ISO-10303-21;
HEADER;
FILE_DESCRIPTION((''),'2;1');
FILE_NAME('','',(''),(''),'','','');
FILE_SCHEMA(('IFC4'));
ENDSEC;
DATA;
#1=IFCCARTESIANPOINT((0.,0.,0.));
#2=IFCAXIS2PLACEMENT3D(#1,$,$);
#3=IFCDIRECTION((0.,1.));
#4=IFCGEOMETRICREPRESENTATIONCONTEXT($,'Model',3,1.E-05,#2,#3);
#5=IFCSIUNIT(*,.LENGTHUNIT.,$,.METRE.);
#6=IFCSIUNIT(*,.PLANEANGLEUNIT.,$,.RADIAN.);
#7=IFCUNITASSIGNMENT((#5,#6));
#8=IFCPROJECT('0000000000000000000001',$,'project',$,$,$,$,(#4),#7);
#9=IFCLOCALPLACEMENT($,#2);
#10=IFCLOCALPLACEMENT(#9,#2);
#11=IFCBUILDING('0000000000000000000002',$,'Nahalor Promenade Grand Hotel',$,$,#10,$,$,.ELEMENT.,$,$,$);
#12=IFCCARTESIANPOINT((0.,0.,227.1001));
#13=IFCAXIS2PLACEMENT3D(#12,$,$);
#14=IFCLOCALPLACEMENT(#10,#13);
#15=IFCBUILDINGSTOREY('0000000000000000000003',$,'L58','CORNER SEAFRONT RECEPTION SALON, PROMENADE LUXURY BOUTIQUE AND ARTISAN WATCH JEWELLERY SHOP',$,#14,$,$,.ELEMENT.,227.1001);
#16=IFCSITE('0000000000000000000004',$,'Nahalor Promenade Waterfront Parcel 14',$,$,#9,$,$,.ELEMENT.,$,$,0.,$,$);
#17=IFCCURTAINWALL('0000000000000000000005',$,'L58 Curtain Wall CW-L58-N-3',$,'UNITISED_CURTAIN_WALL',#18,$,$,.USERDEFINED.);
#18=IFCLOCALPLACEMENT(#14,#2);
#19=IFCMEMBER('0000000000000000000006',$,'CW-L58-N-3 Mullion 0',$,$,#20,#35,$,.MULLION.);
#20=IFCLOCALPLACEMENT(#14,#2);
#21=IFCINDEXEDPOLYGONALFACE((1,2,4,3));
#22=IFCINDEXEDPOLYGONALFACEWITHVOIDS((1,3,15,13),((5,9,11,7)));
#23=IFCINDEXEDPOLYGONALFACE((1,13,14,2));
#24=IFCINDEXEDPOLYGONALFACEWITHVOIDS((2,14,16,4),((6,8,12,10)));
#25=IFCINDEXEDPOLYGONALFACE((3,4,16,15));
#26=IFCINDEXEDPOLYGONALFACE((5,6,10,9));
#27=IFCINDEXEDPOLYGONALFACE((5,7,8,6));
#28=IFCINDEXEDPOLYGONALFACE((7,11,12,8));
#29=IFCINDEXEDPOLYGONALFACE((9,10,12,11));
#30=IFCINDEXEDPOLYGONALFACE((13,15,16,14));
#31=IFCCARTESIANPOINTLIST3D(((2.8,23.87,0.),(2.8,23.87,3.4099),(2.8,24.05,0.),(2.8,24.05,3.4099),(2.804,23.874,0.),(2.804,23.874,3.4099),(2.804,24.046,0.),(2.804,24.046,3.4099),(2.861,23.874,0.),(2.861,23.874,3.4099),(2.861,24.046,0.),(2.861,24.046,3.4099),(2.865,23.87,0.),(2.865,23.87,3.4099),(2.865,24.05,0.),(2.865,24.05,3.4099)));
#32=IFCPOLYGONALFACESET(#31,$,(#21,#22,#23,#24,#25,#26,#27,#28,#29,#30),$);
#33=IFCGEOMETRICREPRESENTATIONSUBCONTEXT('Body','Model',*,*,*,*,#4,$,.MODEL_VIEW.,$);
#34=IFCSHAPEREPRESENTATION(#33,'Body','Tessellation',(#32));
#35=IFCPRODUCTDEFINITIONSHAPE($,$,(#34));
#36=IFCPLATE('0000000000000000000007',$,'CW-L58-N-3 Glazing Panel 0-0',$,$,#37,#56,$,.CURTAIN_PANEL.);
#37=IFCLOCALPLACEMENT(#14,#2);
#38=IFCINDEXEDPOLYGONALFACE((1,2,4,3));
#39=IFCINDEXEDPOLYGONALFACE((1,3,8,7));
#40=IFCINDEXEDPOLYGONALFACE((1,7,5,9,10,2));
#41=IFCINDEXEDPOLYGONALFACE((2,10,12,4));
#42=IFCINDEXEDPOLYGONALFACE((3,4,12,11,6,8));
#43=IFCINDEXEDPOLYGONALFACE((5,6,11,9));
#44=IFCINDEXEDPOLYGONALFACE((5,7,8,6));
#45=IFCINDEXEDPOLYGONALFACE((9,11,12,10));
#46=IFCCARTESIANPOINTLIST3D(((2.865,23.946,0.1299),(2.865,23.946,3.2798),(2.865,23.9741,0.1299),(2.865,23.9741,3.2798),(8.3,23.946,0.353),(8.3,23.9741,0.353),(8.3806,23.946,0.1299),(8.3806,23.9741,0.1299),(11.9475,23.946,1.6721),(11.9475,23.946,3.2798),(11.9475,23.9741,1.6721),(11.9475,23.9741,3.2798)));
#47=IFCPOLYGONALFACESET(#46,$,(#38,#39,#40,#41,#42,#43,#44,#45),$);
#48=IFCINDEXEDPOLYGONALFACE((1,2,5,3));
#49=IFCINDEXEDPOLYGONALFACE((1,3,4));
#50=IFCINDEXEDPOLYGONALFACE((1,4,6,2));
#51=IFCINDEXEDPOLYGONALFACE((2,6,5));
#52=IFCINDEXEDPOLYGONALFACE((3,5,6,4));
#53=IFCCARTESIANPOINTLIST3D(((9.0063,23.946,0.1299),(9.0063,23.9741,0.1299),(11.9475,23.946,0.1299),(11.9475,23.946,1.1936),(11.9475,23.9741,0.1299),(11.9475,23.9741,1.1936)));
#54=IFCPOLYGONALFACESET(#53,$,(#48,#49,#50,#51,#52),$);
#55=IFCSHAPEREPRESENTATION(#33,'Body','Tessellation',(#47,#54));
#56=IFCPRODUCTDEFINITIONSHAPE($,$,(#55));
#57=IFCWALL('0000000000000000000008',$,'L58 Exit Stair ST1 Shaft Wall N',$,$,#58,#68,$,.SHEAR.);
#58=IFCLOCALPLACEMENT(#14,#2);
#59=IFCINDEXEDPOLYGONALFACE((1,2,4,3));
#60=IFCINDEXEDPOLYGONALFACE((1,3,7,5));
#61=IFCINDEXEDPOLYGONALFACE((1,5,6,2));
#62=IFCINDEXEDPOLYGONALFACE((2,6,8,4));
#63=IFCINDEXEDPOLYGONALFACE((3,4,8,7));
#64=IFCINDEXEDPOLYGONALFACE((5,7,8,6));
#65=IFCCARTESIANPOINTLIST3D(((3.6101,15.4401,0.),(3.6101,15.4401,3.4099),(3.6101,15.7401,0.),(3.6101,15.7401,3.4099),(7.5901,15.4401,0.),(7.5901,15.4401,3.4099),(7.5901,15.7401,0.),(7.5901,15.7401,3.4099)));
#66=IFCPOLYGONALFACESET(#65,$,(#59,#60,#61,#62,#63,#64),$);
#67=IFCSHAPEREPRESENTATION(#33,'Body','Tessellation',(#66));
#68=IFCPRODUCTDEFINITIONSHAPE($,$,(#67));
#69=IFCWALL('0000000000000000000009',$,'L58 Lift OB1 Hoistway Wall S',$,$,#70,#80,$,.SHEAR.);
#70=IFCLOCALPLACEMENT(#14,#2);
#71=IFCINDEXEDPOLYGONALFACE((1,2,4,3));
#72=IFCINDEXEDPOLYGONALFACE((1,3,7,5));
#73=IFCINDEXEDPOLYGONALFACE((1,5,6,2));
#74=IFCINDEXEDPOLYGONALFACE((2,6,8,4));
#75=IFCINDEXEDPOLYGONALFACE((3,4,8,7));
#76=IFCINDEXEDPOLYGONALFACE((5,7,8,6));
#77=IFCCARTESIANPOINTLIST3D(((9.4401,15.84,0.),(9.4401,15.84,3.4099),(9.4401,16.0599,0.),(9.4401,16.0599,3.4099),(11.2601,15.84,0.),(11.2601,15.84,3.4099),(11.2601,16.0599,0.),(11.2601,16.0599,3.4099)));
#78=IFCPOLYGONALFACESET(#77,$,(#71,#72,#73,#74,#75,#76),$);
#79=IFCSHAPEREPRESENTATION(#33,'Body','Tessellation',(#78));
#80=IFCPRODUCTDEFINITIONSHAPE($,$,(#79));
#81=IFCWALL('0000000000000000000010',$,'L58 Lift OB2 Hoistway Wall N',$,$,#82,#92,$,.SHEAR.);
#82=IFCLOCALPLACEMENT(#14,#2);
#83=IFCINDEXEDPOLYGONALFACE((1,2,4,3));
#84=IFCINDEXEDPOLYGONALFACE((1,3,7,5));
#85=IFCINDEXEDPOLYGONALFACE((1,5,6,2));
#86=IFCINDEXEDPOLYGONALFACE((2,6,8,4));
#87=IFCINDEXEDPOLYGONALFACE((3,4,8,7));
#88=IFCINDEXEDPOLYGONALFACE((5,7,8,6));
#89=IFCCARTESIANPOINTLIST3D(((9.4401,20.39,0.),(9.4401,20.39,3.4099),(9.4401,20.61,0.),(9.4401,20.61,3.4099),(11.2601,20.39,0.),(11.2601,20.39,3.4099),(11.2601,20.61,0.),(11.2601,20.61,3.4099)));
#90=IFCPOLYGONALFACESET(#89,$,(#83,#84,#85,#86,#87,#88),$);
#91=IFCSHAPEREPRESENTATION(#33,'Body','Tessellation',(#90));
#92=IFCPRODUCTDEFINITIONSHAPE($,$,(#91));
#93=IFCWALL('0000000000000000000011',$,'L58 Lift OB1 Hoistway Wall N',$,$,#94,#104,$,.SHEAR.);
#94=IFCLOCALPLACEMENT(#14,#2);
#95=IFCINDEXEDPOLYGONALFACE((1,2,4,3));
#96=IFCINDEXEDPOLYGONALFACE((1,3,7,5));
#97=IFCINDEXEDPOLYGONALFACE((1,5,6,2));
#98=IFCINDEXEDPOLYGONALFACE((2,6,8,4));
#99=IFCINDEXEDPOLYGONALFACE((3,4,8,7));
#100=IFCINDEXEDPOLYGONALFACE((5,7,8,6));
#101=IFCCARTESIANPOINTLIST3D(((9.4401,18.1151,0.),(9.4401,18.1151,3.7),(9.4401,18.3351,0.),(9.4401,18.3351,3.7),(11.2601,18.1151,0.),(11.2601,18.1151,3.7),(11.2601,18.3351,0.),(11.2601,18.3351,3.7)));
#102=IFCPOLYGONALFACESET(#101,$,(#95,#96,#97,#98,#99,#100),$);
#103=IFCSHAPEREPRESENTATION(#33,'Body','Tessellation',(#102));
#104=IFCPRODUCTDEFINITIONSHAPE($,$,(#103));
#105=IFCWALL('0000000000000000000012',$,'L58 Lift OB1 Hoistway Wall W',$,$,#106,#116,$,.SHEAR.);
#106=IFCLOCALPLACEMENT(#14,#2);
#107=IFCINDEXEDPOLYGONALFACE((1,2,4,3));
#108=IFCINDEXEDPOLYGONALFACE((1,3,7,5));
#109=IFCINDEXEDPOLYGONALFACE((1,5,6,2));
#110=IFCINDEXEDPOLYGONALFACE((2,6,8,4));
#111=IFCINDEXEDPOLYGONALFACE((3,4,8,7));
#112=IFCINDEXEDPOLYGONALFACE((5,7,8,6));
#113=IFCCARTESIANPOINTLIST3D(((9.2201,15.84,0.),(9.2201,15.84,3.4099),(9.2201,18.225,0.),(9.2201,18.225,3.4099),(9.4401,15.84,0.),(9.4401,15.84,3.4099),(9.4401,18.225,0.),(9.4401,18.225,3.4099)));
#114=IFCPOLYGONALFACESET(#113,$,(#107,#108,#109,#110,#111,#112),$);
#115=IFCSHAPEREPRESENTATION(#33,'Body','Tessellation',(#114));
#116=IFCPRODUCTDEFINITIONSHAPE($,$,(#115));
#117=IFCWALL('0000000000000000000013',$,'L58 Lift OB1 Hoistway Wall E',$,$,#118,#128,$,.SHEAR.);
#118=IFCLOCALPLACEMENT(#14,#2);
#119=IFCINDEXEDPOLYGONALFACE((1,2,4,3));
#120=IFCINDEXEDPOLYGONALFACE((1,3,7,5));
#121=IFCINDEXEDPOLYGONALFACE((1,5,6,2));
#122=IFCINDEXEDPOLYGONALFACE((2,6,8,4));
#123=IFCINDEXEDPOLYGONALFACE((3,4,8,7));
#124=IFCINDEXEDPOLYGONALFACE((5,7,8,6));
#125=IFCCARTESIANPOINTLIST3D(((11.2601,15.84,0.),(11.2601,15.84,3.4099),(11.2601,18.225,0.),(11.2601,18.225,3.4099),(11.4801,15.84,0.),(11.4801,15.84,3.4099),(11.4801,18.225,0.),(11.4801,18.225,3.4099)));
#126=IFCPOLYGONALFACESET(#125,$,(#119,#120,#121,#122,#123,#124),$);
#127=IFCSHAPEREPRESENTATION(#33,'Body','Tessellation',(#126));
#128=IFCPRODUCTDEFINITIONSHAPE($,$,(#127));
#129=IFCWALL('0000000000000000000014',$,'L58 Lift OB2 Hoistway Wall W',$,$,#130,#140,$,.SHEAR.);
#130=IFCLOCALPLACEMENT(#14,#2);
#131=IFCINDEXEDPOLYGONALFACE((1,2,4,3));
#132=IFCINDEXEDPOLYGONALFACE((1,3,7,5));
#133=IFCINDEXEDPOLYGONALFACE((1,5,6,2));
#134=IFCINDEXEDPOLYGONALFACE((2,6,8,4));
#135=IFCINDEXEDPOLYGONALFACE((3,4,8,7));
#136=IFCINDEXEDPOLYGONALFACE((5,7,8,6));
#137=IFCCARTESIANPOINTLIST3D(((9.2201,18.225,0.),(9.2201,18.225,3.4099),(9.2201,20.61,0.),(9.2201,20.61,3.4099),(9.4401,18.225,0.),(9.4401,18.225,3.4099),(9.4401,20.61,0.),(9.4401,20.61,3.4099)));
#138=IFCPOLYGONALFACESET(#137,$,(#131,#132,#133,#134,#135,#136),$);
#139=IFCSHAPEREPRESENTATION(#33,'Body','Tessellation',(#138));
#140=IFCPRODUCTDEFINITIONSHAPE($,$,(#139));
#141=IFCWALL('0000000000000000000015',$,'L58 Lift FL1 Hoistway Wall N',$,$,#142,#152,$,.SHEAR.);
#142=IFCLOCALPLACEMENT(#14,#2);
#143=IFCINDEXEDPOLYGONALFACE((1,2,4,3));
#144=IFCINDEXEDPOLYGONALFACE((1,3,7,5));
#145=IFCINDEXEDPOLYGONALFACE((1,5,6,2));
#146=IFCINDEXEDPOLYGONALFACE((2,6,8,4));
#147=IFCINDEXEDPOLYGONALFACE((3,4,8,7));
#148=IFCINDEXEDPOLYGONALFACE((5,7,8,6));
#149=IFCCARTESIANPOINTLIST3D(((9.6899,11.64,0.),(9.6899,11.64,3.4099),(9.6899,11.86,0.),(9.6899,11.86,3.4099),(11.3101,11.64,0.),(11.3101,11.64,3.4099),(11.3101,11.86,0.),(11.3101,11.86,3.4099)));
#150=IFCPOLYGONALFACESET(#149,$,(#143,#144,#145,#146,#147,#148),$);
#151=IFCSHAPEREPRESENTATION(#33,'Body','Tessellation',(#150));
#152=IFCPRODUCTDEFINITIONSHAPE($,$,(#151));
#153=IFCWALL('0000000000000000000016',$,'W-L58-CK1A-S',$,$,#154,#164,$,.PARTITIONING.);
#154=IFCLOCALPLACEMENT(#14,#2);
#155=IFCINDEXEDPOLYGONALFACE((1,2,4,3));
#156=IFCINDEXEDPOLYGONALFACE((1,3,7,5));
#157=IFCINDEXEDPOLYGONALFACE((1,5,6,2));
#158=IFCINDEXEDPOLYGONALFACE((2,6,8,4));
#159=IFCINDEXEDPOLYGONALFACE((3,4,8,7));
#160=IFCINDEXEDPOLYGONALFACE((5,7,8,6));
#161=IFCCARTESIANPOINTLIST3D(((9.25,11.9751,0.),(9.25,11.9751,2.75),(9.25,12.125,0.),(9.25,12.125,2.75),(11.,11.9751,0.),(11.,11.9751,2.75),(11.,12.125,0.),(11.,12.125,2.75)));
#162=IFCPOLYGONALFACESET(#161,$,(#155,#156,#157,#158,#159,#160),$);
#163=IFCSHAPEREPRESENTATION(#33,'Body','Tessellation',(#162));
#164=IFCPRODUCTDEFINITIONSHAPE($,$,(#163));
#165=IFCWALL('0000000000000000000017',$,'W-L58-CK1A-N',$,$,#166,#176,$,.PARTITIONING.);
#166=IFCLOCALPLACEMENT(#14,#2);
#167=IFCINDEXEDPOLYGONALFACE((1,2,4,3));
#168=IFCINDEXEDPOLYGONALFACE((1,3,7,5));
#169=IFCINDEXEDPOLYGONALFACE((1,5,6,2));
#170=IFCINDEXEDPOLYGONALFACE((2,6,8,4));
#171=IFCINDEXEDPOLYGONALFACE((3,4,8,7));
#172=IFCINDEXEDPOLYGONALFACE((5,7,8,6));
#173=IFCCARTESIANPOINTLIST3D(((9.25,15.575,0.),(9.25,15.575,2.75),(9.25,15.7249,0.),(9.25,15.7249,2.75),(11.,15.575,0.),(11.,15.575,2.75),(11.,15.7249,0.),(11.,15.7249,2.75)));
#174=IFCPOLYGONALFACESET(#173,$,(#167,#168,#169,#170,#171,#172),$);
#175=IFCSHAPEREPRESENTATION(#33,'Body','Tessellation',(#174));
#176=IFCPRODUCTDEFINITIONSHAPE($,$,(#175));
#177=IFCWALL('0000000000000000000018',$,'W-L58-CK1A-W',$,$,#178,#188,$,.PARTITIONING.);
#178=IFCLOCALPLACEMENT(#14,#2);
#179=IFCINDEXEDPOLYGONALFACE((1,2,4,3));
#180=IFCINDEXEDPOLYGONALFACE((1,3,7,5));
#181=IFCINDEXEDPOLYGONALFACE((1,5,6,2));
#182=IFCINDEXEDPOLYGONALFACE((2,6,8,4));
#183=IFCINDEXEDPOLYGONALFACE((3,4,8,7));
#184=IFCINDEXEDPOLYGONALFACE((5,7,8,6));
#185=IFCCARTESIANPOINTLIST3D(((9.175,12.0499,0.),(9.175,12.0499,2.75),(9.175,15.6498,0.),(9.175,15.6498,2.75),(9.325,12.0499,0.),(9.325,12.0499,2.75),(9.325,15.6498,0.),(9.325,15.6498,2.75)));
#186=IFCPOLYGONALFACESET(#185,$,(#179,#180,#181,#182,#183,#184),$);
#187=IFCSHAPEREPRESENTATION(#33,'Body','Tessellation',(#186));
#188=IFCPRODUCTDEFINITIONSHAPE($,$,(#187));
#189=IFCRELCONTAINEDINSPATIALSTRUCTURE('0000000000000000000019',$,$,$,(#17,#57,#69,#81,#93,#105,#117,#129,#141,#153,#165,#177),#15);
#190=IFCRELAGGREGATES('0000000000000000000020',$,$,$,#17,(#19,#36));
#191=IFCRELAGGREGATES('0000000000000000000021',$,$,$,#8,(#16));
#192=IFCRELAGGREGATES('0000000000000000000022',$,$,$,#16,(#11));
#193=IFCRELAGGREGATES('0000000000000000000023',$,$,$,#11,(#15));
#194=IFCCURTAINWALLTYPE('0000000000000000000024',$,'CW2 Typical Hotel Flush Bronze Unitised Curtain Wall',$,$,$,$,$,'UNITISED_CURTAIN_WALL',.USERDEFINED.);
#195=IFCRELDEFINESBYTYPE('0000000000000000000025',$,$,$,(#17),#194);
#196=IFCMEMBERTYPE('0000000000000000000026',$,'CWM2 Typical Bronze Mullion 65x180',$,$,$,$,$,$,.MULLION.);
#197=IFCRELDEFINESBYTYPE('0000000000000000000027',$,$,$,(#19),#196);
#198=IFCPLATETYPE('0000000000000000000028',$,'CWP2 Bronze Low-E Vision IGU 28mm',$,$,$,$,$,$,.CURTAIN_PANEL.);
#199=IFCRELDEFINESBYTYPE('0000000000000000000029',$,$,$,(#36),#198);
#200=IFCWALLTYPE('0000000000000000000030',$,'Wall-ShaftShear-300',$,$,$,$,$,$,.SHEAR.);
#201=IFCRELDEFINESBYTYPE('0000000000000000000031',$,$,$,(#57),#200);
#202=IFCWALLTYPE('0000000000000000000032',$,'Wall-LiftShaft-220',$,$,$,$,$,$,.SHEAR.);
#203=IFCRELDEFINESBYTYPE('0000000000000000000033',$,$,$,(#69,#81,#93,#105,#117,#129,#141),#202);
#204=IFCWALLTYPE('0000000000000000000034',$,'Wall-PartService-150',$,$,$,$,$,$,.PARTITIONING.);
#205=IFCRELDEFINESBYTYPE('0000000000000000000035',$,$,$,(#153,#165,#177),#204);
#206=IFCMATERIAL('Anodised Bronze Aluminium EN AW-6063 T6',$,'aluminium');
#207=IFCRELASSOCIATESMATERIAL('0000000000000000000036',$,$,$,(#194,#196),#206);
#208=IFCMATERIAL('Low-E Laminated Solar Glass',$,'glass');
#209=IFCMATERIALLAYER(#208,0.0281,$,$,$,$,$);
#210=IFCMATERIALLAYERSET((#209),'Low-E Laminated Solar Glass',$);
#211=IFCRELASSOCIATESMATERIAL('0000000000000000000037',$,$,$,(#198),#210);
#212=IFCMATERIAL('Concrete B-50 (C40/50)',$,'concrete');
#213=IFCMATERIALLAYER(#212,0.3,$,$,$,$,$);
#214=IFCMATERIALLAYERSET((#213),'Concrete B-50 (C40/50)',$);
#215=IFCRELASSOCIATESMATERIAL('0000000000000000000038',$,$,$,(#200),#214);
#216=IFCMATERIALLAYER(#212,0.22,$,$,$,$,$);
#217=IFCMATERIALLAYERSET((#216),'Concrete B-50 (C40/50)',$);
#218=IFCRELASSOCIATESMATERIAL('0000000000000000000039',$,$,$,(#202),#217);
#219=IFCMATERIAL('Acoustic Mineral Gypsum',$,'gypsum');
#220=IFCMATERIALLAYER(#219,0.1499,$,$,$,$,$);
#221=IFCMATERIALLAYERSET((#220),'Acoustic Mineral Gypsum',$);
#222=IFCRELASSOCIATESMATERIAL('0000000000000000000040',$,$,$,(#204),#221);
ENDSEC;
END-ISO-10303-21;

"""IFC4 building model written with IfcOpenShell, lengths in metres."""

from ifc_helpers import new_model, si_unit, direction, frame, frame_2d, origin, origin_2d, place, context, subcontext, project, spatial, polyline, rectangle, hollow_rectangle, outline, extrude, source, transform, mapped, material, layer, layer_set, material_profile, profile_set, type_object, element, aggregate, save


model = new_model("IFC4")

# Units and contexts
model_context = context("Model", 3, precision=1e-05, world=origin(), true_north=direction((0.0, 1.0)))
body_context = subcontext(model_context, "Body", "Model", "MODEL_VIEW")
ifc_project = project(units=[si_unit("LENGTHUNIT", "METRE"), si_unit("PLANEANGLEUNIT", "RADIAN")], contexts=[model_context])

# Site, building, storey
site_placement = place(None, origin())
site = spatial("IfcSite", under=ifc_project, at=site_placement, Name="Nahalor Promenade Waterfront Parcel 14", CompositionType="ELEMENT", RefElevation=0.0)
building_placement = place(site_placement, origin())
building = spatial("IfcBuilding", under=site, at=building_placement, Name="Nahalor Promenade Grand Hotel", CompositionType="ELEMENT")
storey_placement = place(building_placement, frame((0.0, 0.0, 227.1001)))
storey = spatial("IfcBuildingStorey", under=building, at=storey_placement, Name="L58", Description="CORNER SEAFRONT RECEPTION SALON, PROMENADE LUXURY BOUTIQUE AND ARTISAN WATCH JEWELLERY SHOP", CompositionType="ELEMENT", Elevation=227.1001)

# Curtain wall, member, plate
ifc_material_1 = material(Name="Anodised Bronze Aluminium EN AW-6063 T6", Category="aluminium")
curtain_wall_type = type_object("IfcCurtainWallType", Name="CW2 Typical Hotel Flush Bronze Unitised Curtain Wall", ElementType="UNITISED_CURTAIN_WALL", PredefinedType="USERDEFINED", material=ifc_material_1)
curtain_wall_placement = place(storey_placement, origin())
curtain_wall = element("IfcCurtainWall", 1, at=curtain_wall_placement, inside=storey, type_object=curtain_wall_type, Name="L58 Curtain Wall CW-L58-N-3", ObjectType="UNITISED_CURTAIN_WALL", PredefinedType="USERDEFINED")
ifc_material_profile_1 = material_profile(ifc_material_1, hollow_rectangle(XDim=0.065, YDim=0.18, WallThickness=0.004, at=origin_2d()), Name="CWM 65x180x4")
ifc_profile_set_1 = profile_set([ifc_material_profile_1], Name="Anodised Bronze Aluminium EN AW-6063 T6")
member_type_1 = type_object("IfcMemberType", Name="CWM2 Typical Bronze Mullion 65x180", PredefinedType="MULLION", material=ifc_profile_set_1)
shared_shape_1 = source(origin(), body_context, "Body", "SweptSolid", [
    extrude(hollow_rectangle(XDim=0.065, YDim=0.18, WallThickness=0.004, at=origin_2d()), origin(), (0.0, 0.0, 1.0), 3.4099),
])
member_1_placement = place(storey_placement, frame((2.8325, 23.96, 0.0), z_axis=(0.0, 0.0, 1.0), x_axis=(1.0, 0.0, 0.0)))
member_1 = element("IfcMember", 2, at=member_1_placement, type_object=member_type_1, Name="CW-L58-N-3 Mullion 0", PredefinedType="MULLION", context=body_context, shape_type="MappedRepresentation", body=[
    mapped(shared_shape_1, transform((0.0, 0.0, 0.0), scale=1.0)),
])
ifc_material_2 = material(Name="Low-E Laminated Solar Glass", Category="glass")
ifc_layer_1 = layer(ifc_material_2, 0.0281)
ifc_layer_set_1 = layer_set([ifc_layer_1], Name="Low-E Laminated Solar Glass")
plate_type = type_object("IfcPlateType", Name="CWP2 Bronze Low-E Vision IGU 28mm", PredefinedType="CURTAIN_PANEL", material=ifc_layer_set_1)
plate_placement = place(storey_placement, frame((7.4062, 23.96, 0.1299), z_axis=(0.0, 0.0, 1.0), x_axis=(1.0, 0.0, 0.0)))
plate = element("IfcPlate", 3, at=plate_placement, type_object=plate_type, Name="CW-L58-N-3 Glazing Panel 0-0", PredefinedType="CURTAIN_PANEL", context=body_context, shape_type="SweptSolid", body=[
    extrude(outline(polyline([(-4.5413, 3.1499), (-4.5413, 0.0), (0.9744, 0.0), (0.8938, 0.2231), (4.5413, 1.5422), (4.5413, 3.1499), (-4.5413, 3.1499)])), frame((0.0, 0.0142, 0.0), z_axis=(0.0, -1.0, 0.0), x_axis=(1.0, 0.0, 0.0)), (0.0, 0.0, 1.0), 0.0281),
    extrude(outline(polyline([(1.6001, 0.0), (4.5413, 0.0), (4.5413, 1.0637), (1.6001, 0.0)])), frame((0.0, 0.0142, 0.0), z_axis=(0.0, -1.0, 0.0), x_axis=(1.0, 0.0, 0.0)), (0.0, 0.0, 1.0), 0.0281),
])
aggregate(curtain_wall, [member_1, plate])

# Walls
ifc_material_3 = material(Name="Concrete B-50 (C40/50)", Category="concrete")
ifc_layer_2 = layer(ifc_material_3, 0.3)
ifc_layer_set_2 = layer_set([ifc_layer_2], Name="Concrete B-50 (C40/50)")
wall_type_1 = type_object("IfcWallType", Name="Wall-ShaftShear-300", PredefinedType="SHEAR", material=ifc_layer_set_2)
shared_shape_2 = source(origin(), body_context, "Body", "SweptSolid", [
    extrude(rectangle(XDim=3.98, YDim=0.3, at=frame_2d((1.99, 0.0))), origin(), (0.0, 0.0, 1.0), 3.4099),
])
wall_1_placement = place(storey_placement, frame((3.6101, 15.5901, 0.0), z_axis=(0.0, 0.0, 1.0), x_axis=(1.0, 0.0, 0.0)))
element("IfcWall", 4, at=wall_1_placement, inside=storey, type_object=wall_type_1, Name="L58 Exit Stair ST1 Shaft Wall N", PredefinedType="SHEAR", context=body_context, shape_type="MappedRepresentation", body=[
    mapped(shared_shape_2, transform((0.0, 0.0, 0.0), scale=1.0)),
])
ifc_layer_3 = layer(ifc_material_3, 0.22)
ifc_layer_set_3 = layer_set([ifc_layer_3], Name="Concrete B-50 (C40/50)")
wall_type_2 = type_object("IfcWallType", Name="Wall-LiftShaft-220", PredefinedType="SHEAR", material=ifc_layer_set_3)
shared_shape_3 = source(origin(), body_context, "Body", "SweptSolid", [
    extrude(rectangle(XDim=1.8201, YDim=0.22, at=frame_2d((0.9102, 0.0))), origin(), (0.0, 0.0, 1.0), 3.4099),
])
for number, where, z_axis, x_axis, name in (
    (5, (9.4399, 15.95, 0.0), (0.0, 0.0, 1.0), (1.0, 0.0, 0.0), "L58 Lift OB1 Hoistway Wall S"),
    (6, (9.4399, 20.5, 0.0), (0.0, 0.0, 1.0), (1.0, 0.0, 0.0), "L58 Lift OB2 Hoistway Wall N"),
):
    element("IfcWall", number, at=place(storey_placement, frame(where, z_axis=z_axis, x_axis=x_axis)), inside=storey, type_object=wall_type_2, Name=name, PredefinedType="SHEAR", context=body_context, shape_type="MappedRepresentation", body=[
        mapped(shared_shape_3, transform((0.0, 0.0, 0.0), scale=1.0)),
    ])
shared_shape_4 = source(origin(), body_context, "Body", "SweptSolid", [
    extrude(rectangle(XDim=1.8201, YDim=0.22, at=frame_2d((0.9102, 0.0))), origin(), (0.0, 0.0, 1.0), 3.7),
])
wall_2_placement = place(storey_placement, frame((9.4399, 18.2251, 0.0), z_axis=(0.0, 0.0, 1.0), x_axis=(1.0, 0.0, 0.0)))
element("IfcWall", 7, at=wall_2_placement, inside=storey, type_object=wall_type_2, Name="L58 Lift OB1 Hoistway Wall N", PredefinedType="SHEAR", context=body_context, shape_type="MappedRepresentation", body=[
    mapped(shared_shape_4, transform((0.0, 0.0, 0.0), scale=1.0)),
])
shared_shape_5 = source(origin(), body_context, "Body", "SweptSolid", [
    extrude(rectangle(XDim=2.385, YDim=0.22, at=frame_2d((1.1924, 0.0))), origin(), (0.0, 0.0, 1.0), 3.4099),
])
for number, where, z_axis, x_axis, name in (
    (8, (9.3301, 15.8401, 0.0), (0.0, 0.0, 1.0), (0.0, 1.0, 0.0), "L58 Lift OB1 Hoistway Wall W"),
    (9, (11.3701, 15.8401, 0.0), (0.0, 0.0, 1.0), (0.0, 1.0, 0.0), "L58 Lift OB1 Hoistway Wall E"),
    (10, (9.3301, 18.2251, 0.0), (0.0, 0.0, 1.0), (0.0, 1.0, 0.0), "L58 Lift OB2 Hoistway Wall W"),
):
    element("IfcWall", number, at=place(storey_placement, frame(where, z_axis=z_axis, x_axis=x_axis)), inside=storey, type_object=wall_type_2, Name=name, PredefinedType="SHEAR", context=body_context, shape_type="MappedRepresentation", body=[
        mapped(shared_shape_5, transform((0.0, 0.0, 0.0), scale=1.0)),
    ])
shared_shape_6 = source(origin(), body_context, "Body", "SweptSolid", [
    extrude(rectangle(XDim=1.6201, YDim=0.22, at=frame_2d((0.8101, 0.0))), origin(), (0.0, 0.0, 1.0), 3.4099),
])
wall_3_placement = place(storey_placement, frame((9.6899, 11.75, 0.0), z_axis=(0.0, 0.0, 1.0), x_axis=(1.0, 0.0, 0.0)))
element("IfcWall", 11, at=wall_3_placement, inside=storey, type_object=wall_type_2, Name="L58 Lift FL1 Hoistway Wall N", PredefinedType="SHEAR", context=body_context, shape_type="MappedRepresentation", body=[
    mapped(shared_shape_6, transform((0.0, 0.0, 0.0), scale=1.0)),
])
ifc_material_4 = material(Name="Acoustic Mineral Gypsum", Category="gypsum")
ifc_layer_4 = layer(ifc_material_4, 0.1499)
ifc_layer_set_4 = layer_set([ifc_layer_4], Name="Acoustic Mineral Gypsum")
wall_type_3 = type_object("IfcWallType", Name="Wall-PartService-150", PredefinedType="PARTITIONING", material=ifc_layer_set_4)
shared_shape_7 = source(origin(), body_context, "Body", "SweptSolid", [
    extrude(rectangle(XDim=1.75, YDim=0.1499, at=frame_2d((0.875, 0.0))), origin(), (0.0, 0.0, 1.0), 2.75),
])
for number, where, z_axis, x_axis, name in (
    (12, (9.25, 12.05, 0.0), (0.0, 0.0, 1.0), (1.0, 0.0, 0.0), "W-L58-CK1A-S"),
    (13, (9.25, 15.6499, 0.0), (0.0, 0.0, 1.0), (1.0, 0.0, 0.0), "W-L58-CK1A-N"),
):
    element("IfcWall", number, at=place(storey_placement, frame(where, z_axis=z_axis, x_axis=x_axis)), inside=storey, type_object=wall_type_3, Name=name, PredefinedType="PARTITIONING", context=body_context, shape_type="MappedRepresentation", body=[
        mapped(shared_shape_7, transform((0.0, 0.0, 0.0), scale=1.0)),
    ])
shared_shape_8 = source(origin(), body_context, "Body", "SweptSolid", [
    extrude(rectangle(XDim=3.5999, YDim=0.1499, at=frame_2d((1.7998, 0.0))), origin(), (0.0, 0.0, 1.0), 2.75),
])
wall_4_placement = place(storey_placement, frame((9.25, 12.05, 0.0), z_axis=(0.0, 0.0, 1.0), x_axis=(0.0, 1.0, 0.0)))
element("IfcWall", 14, at=wall_4_placement, inside=storey, type_object=wall_type_3, Name="W-L58-CK1A-W", PredefinedType="PARTITIONING", context=body_context, shape_type="MappedRepresentation", body=[
    mapped(shared_shape_8, transform((0.0, 0.0, 0.0), scale=1.0)),
])

save(model, "model.ifc")
